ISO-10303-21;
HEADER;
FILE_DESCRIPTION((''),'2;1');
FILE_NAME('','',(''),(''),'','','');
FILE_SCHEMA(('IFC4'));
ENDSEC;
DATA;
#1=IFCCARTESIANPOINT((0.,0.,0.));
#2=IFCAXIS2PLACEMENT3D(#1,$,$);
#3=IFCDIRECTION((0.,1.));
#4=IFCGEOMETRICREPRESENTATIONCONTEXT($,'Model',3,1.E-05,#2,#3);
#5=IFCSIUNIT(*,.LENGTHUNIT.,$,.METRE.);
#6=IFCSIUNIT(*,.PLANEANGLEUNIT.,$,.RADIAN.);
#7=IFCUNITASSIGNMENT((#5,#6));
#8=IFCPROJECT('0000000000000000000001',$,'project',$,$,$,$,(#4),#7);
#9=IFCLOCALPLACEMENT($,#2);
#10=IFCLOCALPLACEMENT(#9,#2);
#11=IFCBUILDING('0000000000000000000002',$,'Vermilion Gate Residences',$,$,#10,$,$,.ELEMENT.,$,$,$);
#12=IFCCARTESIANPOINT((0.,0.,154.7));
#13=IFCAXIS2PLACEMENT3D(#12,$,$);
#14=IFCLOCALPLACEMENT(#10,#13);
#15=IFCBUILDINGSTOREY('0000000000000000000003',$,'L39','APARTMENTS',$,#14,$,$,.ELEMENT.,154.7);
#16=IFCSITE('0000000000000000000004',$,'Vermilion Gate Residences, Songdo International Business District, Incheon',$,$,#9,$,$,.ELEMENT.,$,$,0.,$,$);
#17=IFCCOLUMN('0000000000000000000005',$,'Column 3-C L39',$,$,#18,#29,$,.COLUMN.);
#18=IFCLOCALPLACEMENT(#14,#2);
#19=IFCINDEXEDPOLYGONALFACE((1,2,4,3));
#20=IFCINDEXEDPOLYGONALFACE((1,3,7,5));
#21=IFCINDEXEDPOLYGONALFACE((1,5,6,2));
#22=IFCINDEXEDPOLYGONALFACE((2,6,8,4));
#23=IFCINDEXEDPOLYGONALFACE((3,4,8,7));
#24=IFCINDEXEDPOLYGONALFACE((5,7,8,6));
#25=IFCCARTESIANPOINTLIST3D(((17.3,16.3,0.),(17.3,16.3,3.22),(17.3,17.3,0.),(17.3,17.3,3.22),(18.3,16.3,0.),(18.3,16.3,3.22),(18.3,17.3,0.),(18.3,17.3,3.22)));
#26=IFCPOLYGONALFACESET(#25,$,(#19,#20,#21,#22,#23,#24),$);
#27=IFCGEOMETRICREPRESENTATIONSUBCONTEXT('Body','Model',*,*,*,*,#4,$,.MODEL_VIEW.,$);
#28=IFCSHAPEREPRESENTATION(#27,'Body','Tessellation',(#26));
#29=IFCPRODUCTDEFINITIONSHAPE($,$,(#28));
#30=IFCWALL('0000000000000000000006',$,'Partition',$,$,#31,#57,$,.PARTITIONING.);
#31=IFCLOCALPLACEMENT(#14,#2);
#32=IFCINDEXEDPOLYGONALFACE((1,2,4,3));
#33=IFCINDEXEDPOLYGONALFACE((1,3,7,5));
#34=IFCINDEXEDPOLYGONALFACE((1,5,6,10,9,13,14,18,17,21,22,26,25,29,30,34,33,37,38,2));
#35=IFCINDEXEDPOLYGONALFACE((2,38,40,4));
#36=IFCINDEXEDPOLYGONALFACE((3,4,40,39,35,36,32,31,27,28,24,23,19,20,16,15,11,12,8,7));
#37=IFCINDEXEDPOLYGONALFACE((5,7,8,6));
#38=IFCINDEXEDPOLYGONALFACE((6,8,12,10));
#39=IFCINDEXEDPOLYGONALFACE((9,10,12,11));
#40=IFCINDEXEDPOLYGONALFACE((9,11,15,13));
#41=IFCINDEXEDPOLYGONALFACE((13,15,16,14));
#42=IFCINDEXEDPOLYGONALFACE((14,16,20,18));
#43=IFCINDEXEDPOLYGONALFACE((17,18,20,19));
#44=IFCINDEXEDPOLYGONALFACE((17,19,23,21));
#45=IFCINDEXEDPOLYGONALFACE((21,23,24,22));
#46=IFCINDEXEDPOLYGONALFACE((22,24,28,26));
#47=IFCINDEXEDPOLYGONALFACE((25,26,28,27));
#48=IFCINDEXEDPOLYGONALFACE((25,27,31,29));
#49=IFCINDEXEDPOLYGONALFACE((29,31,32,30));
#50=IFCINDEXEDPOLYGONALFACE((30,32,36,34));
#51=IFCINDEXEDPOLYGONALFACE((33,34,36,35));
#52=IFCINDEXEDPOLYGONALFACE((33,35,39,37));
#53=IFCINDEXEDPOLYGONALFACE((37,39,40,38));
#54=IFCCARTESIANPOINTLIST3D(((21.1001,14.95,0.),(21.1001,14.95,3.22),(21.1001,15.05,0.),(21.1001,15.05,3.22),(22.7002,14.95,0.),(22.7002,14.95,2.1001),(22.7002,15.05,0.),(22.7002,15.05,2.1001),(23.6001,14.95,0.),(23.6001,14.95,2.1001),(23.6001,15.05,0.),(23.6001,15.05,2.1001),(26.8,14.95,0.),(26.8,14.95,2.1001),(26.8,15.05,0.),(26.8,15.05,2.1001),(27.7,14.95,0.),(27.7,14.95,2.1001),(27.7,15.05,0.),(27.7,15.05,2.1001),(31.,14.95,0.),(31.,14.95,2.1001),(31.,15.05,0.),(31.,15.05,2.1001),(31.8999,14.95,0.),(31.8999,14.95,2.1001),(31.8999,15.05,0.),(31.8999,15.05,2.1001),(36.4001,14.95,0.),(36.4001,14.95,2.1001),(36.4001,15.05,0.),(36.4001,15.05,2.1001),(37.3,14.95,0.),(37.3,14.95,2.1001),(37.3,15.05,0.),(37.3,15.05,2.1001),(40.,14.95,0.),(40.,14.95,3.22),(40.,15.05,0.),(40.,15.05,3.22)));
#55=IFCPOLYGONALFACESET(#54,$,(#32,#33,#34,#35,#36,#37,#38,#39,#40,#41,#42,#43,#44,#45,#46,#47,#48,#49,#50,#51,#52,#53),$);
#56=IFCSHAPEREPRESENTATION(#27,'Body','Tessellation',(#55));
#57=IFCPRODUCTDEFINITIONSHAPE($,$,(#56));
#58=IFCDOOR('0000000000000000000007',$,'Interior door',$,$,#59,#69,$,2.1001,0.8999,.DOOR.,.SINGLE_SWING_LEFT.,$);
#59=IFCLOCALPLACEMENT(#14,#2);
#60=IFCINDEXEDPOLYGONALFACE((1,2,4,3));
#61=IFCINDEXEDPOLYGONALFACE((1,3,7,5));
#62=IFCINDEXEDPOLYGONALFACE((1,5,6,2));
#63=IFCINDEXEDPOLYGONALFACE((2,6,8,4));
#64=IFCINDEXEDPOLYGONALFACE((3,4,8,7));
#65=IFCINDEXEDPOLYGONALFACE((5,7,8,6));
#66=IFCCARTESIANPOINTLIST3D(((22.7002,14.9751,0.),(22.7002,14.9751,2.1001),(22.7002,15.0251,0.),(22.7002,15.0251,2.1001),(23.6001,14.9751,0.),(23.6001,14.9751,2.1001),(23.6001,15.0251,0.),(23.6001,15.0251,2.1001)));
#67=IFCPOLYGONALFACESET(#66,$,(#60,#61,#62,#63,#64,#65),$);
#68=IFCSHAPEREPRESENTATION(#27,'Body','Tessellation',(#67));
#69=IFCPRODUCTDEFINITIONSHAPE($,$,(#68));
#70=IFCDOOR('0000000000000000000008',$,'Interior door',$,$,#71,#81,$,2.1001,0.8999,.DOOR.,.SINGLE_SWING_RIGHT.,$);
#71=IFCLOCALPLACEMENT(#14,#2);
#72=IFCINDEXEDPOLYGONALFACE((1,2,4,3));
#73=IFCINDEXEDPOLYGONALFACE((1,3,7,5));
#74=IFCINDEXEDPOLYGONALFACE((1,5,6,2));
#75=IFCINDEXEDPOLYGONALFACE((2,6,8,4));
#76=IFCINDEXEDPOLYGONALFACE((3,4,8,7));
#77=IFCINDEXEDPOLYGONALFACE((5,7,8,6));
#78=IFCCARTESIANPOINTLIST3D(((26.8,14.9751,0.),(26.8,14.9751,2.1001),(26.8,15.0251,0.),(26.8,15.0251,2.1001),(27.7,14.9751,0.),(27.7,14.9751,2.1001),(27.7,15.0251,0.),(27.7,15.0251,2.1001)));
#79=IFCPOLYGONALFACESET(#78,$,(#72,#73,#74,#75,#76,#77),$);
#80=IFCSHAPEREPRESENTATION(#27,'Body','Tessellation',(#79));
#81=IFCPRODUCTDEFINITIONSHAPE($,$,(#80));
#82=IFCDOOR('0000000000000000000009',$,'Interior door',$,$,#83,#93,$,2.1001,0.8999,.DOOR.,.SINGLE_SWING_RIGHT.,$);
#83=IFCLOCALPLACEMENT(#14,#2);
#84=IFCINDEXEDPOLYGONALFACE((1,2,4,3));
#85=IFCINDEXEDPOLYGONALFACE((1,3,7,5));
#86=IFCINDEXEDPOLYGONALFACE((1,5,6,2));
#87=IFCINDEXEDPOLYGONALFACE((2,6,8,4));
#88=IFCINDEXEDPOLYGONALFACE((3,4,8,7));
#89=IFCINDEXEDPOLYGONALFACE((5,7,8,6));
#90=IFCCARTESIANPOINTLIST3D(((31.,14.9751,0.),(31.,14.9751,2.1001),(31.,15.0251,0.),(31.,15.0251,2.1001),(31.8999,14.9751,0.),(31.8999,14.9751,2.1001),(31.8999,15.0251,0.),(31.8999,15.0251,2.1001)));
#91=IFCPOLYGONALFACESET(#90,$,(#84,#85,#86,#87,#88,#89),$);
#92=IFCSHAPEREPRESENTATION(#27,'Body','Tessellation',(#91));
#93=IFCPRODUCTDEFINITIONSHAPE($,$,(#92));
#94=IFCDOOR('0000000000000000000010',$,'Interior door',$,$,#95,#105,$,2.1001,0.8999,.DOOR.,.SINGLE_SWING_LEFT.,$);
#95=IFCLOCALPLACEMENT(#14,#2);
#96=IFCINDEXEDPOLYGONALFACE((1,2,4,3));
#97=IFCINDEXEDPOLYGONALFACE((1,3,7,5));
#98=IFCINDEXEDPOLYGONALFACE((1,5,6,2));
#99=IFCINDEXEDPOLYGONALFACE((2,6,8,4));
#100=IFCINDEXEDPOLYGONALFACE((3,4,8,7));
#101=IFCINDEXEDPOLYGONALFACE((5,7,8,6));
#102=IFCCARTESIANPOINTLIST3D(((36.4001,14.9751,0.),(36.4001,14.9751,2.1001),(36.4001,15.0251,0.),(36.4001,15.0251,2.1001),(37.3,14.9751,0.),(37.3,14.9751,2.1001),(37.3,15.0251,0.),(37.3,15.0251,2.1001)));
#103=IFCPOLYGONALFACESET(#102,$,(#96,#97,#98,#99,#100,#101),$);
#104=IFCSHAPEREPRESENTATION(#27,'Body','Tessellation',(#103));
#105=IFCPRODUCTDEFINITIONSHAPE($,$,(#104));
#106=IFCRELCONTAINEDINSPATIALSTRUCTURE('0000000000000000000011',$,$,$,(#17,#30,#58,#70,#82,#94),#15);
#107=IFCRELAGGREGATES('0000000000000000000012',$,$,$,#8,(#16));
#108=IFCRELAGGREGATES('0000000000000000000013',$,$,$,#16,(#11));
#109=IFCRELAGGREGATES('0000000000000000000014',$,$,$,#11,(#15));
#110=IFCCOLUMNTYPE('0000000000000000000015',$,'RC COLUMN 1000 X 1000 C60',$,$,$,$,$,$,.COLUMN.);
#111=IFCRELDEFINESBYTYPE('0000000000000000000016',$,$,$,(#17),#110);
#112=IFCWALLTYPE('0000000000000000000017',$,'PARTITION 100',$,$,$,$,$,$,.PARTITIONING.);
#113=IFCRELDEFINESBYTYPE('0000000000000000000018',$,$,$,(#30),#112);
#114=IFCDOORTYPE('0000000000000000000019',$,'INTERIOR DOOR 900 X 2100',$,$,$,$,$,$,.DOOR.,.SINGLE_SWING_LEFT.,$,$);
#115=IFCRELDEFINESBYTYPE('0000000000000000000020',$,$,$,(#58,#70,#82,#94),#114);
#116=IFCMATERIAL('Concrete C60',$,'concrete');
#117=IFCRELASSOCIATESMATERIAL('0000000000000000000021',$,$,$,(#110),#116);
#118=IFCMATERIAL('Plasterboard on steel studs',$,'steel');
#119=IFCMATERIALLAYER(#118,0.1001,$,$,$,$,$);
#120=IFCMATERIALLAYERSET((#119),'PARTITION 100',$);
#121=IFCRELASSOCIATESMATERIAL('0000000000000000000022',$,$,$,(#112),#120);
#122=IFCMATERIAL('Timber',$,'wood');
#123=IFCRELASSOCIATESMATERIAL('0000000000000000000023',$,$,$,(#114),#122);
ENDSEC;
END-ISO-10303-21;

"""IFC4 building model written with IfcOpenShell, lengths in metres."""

from ifc_helpers import new_model, si_unit, direction, frame, frame_2d, origin, origin_2d, place, context, subcontext, project, spatial, rectangle, extrude, material, layer, layer_set, material_profile, profile_set, type_object, element, fill, save


model = new_model("IFC4")

# Units and contexts
model_context = context("Model", 3, precision=1e-05, world=origin(), true_north=direction((0.0, 1.0)))
body_context = subcontext(model_context, "Body", "Model", "MODEL_VIEW")
ifc_project = project(units=[si_unit("LENGTHUNIT", "METRE"), si_unit("PLANEANGLEUNIT", "RADIAN")], contexts=[model_context])

# Site, building, storey
site_placement = place(None, origin())
site = spatial("IfcSite", under=ifc_project, at=site_placement, Name="Vermilion Gate Residences, Songdo International Business District, Incheon", CompositionType="ELEMENT", RefElevation=0.0)
building_placement = place(site_placement, origin())
building = spatial("IfcBuilding", under=site, at=building_placement, Name="Vermilion Gate Residences", CompositionType="ELEMENT")
storey_placement = place(building_placement, frame((0.0, 0.0, 154.7)))
storey = spatial("IfcBuildingStorey", under=building, at=storey_placement, Name="L39", Description="APARTMENTS", CompositionType="ELEMENT", Elevation=154.7)

# Column
ifc_material_1 = material(Name="Concrete C60", Category="concrete")
ifc_material_profile = material_profile(ifc_material_1, rectangle(XDim=1.0, YDim=1.0, at=origin_2d()), Name="RC-1000x1000")
ifc_profile_set = profile_set([ifc_material_profile], Name="Concrete C60")
column_type = type_object("IfcColumnType", Name="RC COLUMN 1000 X 1000 C60", PredefinedType="COLUMN", material=ifc_profile_set)
column_placement = place(storey_placement, frame((17.8, 16.8, 0.0), z_axis=(0.0, 0.0, 1.0), x_axis=(1.0, 0.0, 0.0)))
element("IfcColumn", 1, at=column_placement, inside=storey, type_object=column_type, Name="Column 3-C L39", PredefinedType="COLUMN", context=body_context, shape_type="SweptSolid", body=[
    extrude(rectangle(XDim=1.0, YDim=1.0, at=origin_2d()), origin(), (0.0, 0.0, 1.0), 3.22),
])

# Wall, openings, doors
ifc_material_2 = material(Name="Plasterboard on steel studs", Category="steel")
ifc_layer_1 = layer(ifc_material_2, 0.1001)
ifc_layer_set_1 = layer_set([ifc_layer_1], Name="PARTITION 100")
wall_type_1 = type_object("IfcWallType", Name="PARTITION 100", PredefinedType="PARTITIONING", material=ifc_layer_set_1)
wall_1_placement = place(storey_placement, frame((21.1001, 15.0, 0.0), z_axis=(0.0, 0.0, 1.0), x_axis=(1.0, 0.0, 0.0)))
wall_1 = element("IfcWall", 2, at=wall_1_placement, inside=storey, type_object=wall_type_1, Name="Partition", PredefinedType="PARTITIONING", context=body_context, shape_type="SweptSolid", body=[
    extrude(rectangle(XDim=18.8999, YDim=0.1001, at=frame_2d((9.45, 0.0))), origin(), (0.0, 0.0, 1.0), 3.22),
])
opening_1_placement = place(wall_1_placement, frame((1.6001, 0.0, 0.0)))
opening_1 = element("IfcOpeningElement", 3, at=opening_1_placement, cuts=wall_1, PredefinedType="OPENING", context=body_context, shape_type="SweptSolid", body=[
    extrude(rectangle(XDim=0.8999, YDim=2.1001, at=frame_2d((0.45, 1.05))), frame((0.0, 0.0601, 0.0), z_axis=(0.0, -1.0, 0.0), x_axis=(1.0, 0.0, 0.0)), (0.0, 0.0, 1.0), 0.1201),
])
opening_2_placement = place(wall_1_placement, frame((5.7, 0.0, 0.0)))
opening_2 = element("IfcOpeningElement", 4, at=opening_2_placement, cuts=wall_1, PredefinedType="OPENING", context=body_context, shape_type="SweptSolid", body=[
    extrude(rectangle(XDim=0.8999, YDim=2.1001, at=frame_2d((0.45, 1.05))), frame((0.0, 0.0601, 0.0), z_axis=(0.0, -1.0, 0.0), x_axis=(1.0, 0.0, 0.0)), (0.0, 0.0, 1.0), 0.1201),
])
opening_3_placement = place(wall_1_placement, frame((9.8999, 0.0, 0.0)))
opening_3 = element("IfcOpeningElement", 5, at=opening_3_placement, cuts=wall_1, PredefinedType="OPENING", context=body_context, shape_type="SweptSolid", body=[
    extrude(rectangle(XDim=0.8999, YDim=2.1001, at=frame_2d((0.45, 1.05))), frame((0.0, 0.0601, 0.0), z_axis=(0.0, -1.0, 0.0), x_axis=(1.0, 0.0, 0.0)), (0.0, 0.0, 1.0), 0.1201),
])
opening_4_placement = place(wall_1_placement, frame((15.3, 0.0, 0.0)))
opening_4 = element("IfcOpeningElement", 6, at=opening_4_placement, cuts=wall_1, PredefinedType="OPENING", context=body_context, shape_type="SweptSolid", body=[
    extrude(rectangle(XDim=0.8999, YDim=2.1001, at=frame_2d((0.45, 1.05))), frame((0.0, 0.0601, 0.0), z_axis=(0.0, -1.0, 0.0), x_axis=(1.0, 0.0, 0.0)), (0.0, 0.0, 1.0), 0.1201),
])
ifc_material_3 = material(Name="Timber", Category="wood")
door_type_1 = type_object("IfcDoorType", Name="INTERIOR DOOR 900 X 2100", OperationType="SINGLE_SWING_LEFT", PredefinedType="DOOR", material=ifc_material_3)
door_1_placement = place(opening_1_placement, frame((0.8999, 0.0, 0.0), z_axis=(0.0, 0.0, 1.0), x_axis=(-1.0, 0.0, 0.0)))
door_1 = element("IfcDoor", 7, at=door_1_placement, inside=storey, type_object=door_type_1, Name="Interior door", OperationType="SINGLE_SWING_LEFT", OverallHeight=2.1001, OverallWidth=0.8999, PredefinedType="DOOR", context=body_context, shape_type="SweptSolid", body=[
    extrude(rectangle(XDim=0.8999, YDim=2.1001, at=frame_2d((0.45, 1.05))), frame((0.0, 0.0249, 0.0), z_axis=(0.0, -1.0, 0.0), x_axis=(1.0, 0.0, 0.0)), (0.0, 0.0, 1.0), 0.05),
])
fill(opening_1, door_1)
door_2_placement = place(opening_2_placement, frame((0.8999, 0.0, 0.0), z_axis=(0.0, 0.0, 1.0), x_axis=(-1.0, 0.0, 0.0)))
door_2 = element("IfcDoor", 8, at=door_2_placement, inside=storey, type_object=door_type_1, Name="Interior door", OperationType="SINGLE_SWING_RIGHT", OverallHeight=2.1001, OverallWidth=0.8999, PredefinedType="DOOR", context=body_context, shape_type="SweptSolid", body=[
    extrude(rectangle(XDim=0.8999, YDim=2.1001, at=frame_2d((0.45, 1.05))), frame((0.0, 0.0249, 0.0), z_axis=(0.0, -1.0, 0.0), x_axis=(1.0, 0.0, 0.0)), (0.0, 0.0, 1.0), 0.05),
])
fill(opening_2, door_2)
door_3_placement = place(opening_3_placement, frame((0.8999, 0.0, 0.0), z_axis=(0.0, 0.0, 1.0), x_axis=(-1.0, 0.0, 0.0)))
door_3 = element("IfcDoor", 9, at=door_3_placement, inside=storey, type_object=door_type_1, Name="Interior door", OperationType="SINGLE_SWING_RIGHT", OverallHeight=2.1001, OverallWidth=0.8999, PredefinedType="DOOR", context=body_context, shape_type="SweptSolid", body=[
    extrude(rectangle(XDim=0.8999, YDim=2.1001, at=frame_2d((0.45, 1.05))), frame((0.0, 0.0249, 0.0), z_axis=(0.0, -1.0, 0.0), x_axis=(1.0, 0.0, 0.0)), (0.0, 0.0, 1.0), 0.05),
])
fill(opening_3, door_3)
door_4_placement = place(opening_4_placement, frame((0.8999, 0.0, 0.0), z_axis=(0.0, 0.0, 1.0), x_axis=(-1.0, 0.0, 0.0)))
door_4 = element("IfcDoor", 10, at=door_4_placement, inside=storey, type_object=door_type_1, Name="Interior door", OperationType="SINGLE_SWING_LEFT", OverallHeight=2.1001, OverallWidth=0.8999, PredefinedType="DOOR", context=body_context, shape_type="SweptSolid", body=[
    extrude(rectangle(XDim=0.8999, YDim=2.1001, at=frame_2d((0.45, 1.05))), frame((0.0, 0.0249, 0.0), z_axis=(0.0, -1.0, 0.0), x_axis=(1.0, 0.0, 0.0)), (0.0, 0.0, 1.0), 0.05),
])
fill(opening_4, door_4)

save(model, "model.ifc")
